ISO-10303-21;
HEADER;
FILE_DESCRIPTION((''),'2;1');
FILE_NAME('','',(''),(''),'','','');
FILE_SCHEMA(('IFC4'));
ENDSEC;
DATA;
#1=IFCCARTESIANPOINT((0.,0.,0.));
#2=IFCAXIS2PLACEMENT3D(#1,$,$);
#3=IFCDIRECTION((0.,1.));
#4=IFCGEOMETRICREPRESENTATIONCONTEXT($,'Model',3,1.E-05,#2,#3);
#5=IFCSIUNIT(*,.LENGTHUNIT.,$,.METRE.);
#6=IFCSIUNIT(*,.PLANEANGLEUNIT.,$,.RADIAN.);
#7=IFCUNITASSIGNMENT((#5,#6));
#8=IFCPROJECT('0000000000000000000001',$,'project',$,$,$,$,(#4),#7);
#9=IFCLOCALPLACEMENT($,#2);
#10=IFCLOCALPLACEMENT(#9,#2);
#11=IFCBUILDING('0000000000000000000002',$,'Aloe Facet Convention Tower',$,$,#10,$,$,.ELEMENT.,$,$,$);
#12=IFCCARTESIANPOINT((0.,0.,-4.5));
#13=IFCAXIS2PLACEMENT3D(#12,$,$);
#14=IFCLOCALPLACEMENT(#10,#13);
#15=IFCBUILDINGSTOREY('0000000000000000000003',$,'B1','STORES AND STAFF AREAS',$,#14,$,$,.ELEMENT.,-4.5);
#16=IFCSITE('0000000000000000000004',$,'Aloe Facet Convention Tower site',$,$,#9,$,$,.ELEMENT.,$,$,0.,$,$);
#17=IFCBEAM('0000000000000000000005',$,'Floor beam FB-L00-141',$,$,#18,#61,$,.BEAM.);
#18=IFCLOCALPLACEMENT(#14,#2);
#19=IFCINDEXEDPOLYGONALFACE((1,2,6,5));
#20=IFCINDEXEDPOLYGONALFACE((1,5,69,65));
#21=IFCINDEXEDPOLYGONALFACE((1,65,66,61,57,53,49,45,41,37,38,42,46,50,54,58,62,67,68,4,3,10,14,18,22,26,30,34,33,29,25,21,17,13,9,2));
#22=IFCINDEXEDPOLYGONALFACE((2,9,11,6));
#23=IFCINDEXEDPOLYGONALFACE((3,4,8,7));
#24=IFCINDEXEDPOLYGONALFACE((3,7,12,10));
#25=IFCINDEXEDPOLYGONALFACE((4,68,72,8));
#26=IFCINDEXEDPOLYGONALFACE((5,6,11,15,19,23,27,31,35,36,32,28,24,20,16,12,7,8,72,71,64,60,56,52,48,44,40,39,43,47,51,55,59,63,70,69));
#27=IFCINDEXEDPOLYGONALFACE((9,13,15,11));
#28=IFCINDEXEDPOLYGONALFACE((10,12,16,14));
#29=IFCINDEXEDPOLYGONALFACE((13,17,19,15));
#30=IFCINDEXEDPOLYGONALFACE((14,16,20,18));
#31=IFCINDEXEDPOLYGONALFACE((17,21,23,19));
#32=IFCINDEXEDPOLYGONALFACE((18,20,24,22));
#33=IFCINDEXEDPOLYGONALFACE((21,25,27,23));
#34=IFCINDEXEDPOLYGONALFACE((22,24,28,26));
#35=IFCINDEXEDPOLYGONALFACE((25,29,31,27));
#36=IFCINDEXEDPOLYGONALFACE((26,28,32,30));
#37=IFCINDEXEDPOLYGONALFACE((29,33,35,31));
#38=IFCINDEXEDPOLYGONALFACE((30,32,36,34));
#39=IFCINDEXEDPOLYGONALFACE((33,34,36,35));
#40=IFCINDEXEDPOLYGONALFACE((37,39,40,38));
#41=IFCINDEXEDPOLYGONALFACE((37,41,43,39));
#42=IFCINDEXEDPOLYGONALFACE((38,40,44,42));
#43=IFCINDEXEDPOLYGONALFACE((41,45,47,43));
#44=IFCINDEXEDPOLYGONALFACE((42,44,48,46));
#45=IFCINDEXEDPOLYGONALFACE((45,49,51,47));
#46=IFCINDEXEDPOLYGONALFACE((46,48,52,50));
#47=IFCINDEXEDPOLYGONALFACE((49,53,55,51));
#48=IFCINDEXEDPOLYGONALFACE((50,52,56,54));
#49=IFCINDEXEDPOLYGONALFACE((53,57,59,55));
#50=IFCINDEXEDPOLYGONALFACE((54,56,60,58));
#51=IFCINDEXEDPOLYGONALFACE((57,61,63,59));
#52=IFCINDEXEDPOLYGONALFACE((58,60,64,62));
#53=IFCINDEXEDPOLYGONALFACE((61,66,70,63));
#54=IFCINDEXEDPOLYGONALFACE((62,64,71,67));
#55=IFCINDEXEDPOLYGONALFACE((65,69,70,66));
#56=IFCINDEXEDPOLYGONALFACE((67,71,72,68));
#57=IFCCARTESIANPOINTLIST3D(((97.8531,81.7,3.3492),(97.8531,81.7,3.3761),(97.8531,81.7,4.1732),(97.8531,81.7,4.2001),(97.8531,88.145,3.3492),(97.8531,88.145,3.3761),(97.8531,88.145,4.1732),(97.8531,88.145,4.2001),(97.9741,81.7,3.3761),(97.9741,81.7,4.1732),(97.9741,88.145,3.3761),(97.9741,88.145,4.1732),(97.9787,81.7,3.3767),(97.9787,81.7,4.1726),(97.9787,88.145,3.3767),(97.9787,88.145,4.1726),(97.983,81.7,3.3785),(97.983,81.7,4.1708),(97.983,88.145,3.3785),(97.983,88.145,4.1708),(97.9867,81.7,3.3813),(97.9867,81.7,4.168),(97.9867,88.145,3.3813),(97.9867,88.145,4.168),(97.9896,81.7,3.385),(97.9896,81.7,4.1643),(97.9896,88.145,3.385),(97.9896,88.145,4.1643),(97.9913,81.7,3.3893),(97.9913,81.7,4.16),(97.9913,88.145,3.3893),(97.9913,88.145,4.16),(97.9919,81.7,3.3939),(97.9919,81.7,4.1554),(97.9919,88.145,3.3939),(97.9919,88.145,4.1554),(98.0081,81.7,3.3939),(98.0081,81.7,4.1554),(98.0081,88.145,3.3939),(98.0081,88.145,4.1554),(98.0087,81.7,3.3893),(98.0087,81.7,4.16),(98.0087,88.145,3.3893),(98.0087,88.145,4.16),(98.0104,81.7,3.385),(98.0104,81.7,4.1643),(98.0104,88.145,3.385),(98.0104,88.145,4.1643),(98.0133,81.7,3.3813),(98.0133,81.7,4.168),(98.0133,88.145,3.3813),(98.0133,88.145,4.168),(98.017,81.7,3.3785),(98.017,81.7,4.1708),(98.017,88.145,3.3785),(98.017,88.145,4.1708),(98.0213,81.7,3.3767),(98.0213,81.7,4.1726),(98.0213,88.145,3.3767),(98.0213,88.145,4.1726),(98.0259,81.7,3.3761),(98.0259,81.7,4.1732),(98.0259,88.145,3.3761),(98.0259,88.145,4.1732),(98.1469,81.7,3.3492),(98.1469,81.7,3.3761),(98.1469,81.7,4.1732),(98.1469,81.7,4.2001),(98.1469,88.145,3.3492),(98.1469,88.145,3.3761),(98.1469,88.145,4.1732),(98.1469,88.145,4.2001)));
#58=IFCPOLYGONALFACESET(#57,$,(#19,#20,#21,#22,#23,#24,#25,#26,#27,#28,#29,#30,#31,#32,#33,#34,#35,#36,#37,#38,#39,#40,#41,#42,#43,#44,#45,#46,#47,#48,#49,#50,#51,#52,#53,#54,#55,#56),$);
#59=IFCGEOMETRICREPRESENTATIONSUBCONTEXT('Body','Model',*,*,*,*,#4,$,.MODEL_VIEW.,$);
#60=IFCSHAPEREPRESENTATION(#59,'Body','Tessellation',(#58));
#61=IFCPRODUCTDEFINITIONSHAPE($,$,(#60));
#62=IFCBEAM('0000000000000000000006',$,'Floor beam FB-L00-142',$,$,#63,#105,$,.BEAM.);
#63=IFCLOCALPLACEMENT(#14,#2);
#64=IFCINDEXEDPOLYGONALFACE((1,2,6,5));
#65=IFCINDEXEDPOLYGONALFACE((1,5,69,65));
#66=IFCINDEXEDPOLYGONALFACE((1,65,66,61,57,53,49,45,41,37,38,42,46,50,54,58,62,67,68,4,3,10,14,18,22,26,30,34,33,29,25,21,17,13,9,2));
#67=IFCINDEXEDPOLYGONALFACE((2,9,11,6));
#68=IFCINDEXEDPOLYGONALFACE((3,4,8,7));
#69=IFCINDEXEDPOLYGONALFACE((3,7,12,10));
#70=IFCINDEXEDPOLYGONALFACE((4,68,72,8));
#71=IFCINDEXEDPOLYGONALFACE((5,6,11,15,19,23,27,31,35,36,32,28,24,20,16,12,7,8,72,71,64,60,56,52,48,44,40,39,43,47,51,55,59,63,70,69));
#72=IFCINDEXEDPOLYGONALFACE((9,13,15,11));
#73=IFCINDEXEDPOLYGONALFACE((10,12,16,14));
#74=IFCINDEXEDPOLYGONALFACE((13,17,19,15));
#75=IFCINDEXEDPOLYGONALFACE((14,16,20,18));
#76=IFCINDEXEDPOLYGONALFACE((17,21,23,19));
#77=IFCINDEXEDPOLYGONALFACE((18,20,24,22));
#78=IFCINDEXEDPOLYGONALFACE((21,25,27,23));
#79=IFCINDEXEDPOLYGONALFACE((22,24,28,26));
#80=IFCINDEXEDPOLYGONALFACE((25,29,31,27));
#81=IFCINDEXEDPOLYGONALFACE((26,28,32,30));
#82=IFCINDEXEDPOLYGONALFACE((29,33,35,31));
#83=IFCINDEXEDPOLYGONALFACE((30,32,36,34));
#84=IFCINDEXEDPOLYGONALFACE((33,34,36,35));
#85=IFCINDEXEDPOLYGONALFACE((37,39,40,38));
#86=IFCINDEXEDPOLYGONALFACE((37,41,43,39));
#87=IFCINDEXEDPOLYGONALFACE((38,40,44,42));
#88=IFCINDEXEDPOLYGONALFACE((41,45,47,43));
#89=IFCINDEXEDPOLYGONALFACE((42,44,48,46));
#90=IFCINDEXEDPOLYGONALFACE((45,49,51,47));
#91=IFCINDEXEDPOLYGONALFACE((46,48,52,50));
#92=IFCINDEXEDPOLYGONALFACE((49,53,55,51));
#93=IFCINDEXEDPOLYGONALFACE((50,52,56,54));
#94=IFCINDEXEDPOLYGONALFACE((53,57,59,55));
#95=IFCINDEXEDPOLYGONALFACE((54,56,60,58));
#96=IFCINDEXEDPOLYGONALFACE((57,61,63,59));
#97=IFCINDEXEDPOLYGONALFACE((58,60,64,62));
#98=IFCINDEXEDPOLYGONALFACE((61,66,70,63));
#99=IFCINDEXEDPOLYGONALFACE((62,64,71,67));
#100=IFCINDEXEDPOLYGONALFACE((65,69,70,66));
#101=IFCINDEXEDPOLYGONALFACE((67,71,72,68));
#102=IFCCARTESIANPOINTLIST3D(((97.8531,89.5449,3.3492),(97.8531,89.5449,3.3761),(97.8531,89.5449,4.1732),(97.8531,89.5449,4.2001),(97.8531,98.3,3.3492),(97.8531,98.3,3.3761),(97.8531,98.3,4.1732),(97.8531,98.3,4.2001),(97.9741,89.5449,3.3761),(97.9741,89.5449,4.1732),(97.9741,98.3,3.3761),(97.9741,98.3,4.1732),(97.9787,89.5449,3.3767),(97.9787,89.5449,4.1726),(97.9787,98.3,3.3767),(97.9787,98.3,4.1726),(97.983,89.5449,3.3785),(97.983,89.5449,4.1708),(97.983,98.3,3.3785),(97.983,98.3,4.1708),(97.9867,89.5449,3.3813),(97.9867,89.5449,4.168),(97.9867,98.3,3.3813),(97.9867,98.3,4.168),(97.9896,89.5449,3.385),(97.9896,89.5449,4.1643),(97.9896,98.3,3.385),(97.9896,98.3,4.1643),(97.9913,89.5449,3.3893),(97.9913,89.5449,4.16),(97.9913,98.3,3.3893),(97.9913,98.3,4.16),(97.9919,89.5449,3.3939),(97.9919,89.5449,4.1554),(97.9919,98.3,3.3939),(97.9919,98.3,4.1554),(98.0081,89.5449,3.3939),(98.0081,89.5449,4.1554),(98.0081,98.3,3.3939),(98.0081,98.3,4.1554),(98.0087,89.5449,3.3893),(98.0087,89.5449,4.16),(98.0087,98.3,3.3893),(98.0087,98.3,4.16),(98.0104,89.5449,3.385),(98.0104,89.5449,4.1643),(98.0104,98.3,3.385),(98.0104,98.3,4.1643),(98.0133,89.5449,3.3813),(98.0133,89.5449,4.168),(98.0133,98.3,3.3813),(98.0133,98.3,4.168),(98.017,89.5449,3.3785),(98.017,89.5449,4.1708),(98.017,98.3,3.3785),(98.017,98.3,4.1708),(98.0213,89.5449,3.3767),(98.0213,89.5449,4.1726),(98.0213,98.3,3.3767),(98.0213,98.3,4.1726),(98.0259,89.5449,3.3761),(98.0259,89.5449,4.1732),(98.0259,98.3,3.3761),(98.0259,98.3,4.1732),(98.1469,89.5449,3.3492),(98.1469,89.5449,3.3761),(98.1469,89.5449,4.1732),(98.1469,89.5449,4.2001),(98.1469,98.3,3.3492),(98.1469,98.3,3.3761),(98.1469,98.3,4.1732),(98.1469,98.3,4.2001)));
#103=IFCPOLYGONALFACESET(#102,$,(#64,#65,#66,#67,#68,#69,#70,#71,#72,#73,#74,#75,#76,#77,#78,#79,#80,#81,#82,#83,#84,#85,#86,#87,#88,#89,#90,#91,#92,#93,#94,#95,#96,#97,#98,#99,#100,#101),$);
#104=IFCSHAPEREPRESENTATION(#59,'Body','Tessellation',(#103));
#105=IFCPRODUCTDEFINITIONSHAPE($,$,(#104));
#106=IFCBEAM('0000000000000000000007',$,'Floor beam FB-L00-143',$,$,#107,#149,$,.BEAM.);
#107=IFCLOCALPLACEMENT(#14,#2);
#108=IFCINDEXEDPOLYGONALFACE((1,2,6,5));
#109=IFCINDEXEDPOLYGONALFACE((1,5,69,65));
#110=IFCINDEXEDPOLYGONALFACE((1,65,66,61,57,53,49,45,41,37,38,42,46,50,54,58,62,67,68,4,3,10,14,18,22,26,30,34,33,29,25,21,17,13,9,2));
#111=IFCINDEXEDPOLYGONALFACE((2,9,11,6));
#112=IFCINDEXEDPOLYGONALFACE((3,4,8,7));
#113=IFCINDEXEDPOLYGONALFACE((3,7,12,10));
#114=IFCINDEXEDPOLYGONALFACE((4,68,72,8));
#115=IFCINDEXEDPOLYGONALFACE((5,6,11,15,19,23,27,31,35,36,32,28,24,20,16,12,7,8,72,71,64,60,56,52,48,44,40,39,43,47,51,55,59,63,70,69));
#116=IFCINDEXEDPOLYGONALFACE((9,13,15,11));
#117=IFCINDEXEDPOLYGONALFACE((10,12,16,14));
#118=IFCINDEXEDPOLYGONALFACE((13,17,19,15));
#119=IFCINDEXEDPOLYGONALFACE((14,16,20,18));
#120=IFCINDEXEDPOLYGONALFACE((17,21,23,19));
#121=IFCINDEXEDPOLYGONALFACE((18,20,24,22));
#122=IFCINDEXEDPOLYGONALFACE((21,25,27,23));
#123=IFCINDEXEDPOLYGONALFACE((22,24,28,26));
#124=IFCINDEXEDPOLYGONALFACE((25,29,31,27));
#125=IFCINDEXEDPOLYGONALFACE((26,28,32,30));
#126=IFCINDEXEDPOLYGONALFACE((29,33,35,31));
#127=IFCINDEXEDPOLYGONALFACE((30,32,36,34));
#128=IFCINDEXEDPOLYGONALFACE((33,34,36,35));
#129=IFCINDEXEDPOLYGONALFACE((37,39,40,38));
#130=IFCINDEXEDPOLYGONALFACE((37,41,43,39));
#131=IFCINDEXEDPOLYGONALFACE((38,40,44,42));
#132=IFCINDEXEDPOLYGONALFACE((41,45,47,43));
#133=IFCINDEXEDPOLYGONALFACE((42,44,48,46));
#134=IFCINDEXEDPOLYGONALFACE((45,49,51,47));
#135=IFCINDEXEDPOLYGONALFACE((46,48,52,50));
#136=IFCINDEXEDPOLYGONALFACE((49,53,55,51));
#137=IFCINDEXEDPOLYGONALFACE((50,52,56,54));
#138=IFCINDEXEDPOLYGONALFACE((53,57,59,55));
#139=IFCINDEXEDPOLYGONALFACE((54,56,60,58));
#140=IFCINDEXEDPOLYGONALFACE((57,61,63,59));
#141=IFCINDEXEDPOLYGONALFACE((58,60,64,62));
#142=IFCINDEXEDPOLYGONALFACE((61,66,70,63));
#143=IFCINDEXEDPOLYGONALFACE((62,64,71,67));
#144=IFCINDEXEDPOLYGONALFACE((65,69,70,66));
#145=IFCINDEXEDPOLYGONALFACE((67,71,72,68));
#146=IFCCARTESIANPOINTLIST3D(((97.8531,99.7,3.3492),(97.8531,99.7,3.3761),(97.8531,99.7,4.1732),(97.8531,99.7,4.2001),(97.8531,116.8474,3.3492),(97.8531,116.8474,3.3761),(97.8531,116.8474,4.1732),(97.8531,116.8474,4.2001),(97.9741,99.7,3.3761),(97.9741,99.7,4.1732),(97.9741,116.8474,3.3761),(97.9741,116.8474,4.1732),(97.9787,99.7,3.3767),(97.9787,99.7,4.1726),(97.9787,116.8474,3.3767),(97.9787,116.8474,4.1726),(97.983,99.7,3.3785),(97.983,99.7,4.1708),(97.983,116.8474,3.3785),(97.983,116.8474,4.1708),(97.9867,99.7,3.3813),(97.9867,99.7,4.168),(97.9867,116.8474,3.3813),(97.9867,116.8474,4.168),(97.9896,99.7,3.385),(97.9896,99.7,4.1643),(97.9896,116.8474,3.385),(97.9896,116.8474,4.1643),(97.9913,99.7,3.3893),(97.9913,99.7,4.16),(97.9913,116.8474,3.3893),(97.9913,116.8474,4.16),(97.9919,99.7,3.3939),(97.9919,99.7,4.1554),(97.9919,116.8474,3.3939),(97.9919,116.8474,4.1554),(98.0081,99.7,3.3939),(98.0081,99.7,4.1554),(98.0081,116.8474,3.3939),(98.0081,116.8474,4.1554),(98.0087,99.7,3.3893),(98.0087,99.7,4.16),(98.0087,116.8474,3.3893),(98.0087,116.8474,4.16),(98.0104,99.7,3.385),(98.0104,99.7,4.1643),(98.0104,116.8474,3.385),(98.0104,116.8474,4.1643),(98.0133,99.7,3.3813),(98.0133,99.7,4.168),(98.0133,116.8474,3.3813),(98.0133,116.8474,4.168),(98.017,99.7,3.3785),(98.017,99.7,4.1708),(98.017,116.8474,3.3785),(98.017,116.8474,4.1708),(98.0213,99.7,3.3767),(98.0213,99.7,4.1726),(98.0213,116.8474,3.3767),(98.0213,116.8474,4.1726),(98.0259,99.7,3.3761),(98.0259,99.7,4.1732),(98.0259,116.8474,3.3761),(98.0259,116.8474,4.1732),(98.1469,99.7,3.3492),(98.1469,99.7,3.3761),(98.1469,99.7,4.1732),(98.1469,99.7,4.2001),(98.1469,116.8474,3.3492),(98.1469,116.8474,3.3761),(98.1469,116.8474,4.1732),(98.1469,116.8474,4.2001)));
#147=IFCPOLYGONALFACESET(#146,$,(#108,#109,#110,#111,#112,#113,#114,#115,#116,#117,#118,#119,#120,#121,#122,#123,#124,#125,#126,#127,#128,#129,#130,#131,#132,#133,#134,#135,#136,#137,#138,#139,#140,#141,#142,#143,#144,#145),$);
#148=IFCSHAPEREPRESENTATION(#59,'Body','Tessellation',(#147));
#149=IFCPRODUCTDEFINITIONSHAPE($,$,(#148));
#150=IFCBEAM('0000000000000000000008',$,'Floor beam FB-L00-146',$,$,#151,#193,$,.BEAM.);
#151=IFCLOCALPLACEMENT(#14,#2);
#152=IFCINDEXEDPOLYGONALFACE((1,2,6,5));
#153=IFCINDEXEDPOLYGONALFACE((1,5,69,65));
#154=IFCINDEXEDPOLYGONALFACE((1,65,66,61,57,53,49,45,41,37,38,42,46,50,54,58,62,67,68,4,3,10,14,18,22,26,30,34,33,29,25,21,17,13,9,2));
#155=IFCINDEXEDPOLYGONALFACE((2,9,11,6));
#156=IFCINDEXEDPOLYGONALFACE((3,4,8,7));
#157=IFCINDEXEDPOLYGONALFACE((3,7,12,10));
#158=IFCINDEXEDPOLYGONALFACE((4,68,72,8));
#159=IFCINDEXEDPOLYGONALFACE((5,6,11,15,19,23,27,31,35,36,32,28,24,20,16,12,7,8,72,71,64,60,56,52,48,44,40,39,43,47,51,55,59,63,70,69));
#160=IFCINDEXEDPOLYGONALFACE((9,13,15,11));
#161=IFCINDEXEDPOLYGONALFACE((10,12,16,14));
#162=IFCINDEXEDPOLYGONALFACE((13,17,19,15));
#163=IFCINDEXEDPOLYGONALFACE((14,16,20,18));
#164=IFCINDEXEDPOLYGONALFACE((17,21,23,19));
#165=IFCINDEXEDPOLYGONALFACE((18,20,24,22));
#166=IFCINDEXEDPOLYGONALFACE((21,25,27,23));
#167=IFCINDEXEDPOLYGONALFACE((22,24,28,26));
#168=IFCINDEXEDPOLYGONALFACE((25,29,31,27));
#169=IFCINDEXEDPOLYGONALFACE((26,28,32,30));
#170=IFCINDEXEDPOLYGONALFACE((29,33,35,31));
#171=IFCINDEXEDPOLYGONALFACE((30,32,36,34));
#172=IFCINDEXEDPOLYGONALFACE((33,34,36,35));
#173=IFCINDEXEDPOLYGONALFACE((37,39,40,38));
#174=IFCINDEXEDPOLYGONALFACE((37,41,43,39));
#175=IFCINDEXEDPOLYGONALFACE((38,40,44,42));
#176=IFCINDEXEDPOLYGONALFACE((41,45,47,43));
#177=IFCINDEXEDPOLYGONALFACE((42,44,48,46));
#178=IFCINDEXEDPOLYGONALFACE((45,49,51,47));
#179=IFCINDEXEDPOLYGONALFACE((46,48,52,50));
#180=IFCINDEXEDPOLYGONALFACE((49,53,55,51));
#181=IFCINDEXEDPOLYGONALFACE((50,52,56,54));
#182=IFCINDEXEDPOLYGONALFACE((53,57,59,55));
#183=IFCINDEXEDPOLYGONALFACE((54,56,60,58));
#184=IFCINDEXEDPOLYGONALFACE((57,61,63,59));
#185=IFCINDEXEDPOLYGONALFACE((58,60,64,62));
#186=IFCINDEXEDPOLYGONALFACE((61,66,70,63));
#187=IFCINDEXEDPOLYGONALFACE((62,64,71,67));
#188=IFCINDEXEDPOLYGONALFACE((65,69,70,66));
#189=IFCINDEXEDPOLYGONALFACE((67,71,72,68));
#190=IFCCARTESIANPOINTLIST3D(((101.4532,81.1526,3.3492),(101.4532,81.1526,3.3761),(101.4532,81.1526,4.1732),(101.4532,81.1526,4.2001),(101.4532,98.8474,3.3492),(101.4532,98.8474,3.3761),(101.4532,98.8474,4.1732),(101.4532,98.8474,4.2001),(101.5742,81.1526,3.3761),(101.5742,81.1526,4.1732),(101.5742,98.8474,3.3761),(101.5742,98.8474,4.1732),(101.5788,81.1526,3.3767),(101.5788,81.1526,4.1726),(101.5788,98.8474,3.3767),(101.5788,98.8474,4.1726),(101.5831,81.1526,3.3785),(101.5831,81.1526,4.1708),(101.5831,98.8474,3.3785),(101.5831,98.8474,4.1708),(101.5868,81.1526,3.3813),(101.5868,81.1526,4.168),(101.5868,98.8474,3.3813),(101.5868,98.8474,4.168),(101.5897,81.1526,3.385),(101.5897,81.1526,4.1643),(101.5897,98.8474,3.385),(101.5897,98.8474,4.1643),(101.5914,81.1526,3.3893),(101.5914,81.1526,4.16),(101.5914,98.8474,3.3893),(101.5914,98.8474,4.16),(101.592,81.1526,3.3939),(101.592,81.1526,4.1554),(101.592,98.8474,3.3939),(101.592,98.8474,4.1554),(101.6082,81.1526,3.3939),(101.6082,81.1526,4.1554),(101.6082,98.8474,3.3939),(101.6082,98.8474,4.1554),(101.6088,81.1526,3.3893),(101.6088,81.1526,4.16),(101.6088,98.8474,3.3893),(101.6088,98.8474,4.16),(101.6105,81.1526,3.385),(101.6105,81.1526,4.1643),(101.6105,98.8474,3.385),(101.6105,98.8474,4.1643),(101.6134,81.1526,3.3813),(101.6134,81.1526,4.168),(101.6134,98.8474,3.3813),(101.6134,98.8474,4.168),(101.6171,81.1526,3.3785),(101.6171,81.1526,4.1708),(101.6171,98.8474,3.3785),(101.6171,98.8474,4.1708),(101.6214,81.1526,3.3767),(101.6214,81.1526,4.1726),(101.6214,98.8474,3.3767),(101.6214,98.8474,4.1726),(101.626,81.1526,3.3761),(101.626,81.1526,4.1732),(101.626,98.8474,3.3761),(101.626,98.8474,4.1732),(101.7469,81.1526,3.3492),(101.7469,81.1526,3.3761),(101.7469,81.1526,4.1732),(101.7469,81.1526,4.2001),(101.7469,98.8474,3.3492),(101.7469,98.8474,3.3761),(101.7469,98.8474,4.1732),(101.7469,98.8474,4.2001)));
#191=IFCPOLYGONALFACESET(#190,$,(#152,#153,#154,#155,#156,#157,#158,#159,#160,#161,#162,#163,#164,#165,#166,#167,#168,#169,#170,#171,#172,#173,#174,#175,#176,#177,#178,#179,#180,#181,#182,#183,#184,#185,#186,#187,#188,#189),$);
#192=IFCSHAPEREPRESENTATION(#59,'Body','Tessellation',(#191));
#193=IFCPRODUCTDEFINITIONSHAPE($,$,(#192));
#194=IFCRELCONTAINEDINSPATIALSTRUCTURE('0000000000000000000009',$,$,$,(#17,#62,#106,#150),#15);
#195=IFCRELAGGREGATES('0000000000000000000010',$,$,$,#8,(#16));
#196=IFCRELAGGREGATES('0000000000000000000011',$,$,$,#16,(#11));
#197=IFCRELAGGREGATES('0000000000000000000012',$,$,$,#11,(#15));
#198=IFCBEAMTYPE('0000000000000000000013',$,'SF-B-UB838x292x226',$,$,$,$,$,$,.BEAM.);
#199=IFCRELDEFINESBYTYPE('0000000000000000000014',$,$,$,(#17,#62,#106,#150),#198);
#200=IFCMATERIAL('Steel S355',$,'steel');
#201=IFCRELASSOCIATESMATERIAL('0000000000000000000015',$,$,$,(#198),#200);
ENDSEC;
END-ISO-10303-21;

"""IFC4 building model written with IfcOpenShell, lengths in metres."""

from ifc_helpers import new_model, si_unit, direction, frame, origin, origin_2d, place, context, subcontext, project, spatial, i_section, extrude, material, material_profile, profile_set, type_object, element, save


model = new_model("IFC4")

# Units and contexts
model_context = context("Model", 3, precision=1e-05, world=origin(), true_north=direction((0.0, 1.0)))
body_context = subcontext(model_context, "Body", "Model", "MODEL_VIEW")
ifc_project = project(units=[si_unit("LENGTHUNIT", "METRE"), si_unit("PLANEANGLEUNIT", "RADIAN")], contexts=[model_context])

# Site, building, storey
site_placement = place(None, origin())
site = spatial("IfcSite", under=ifc_project, at=site_placement, Name="Aloe Facet Convention Tower site", CompositionType="ELEMENT", RefElevation=0.0)
building_placement = place(site_placement, origin())
building = spatial("IfcBuilding", under=site, at=building_placement, Name="Aloe Facet Convention Tower", CompositionType="ELEMENT")
storey_placement = place(building_placement, frame((0.0, 0.0, -4.5)))
storey = spatial("IfcBuildingStorey", under=building, at=storey_placement, Name="B1", Description="STORES AND STAFF AREAS", CompositionType="ELEMENT", Elevation=-4.5)

# Beams
ifc_material_1 = material(Name="Steel S355", Category="steel")
ifc_material_profile_1 = material_profile(ifc_material_1, i_section(OverallWidth=0.2937, OverallDepth=0.8508, WebThickness=0.0161, FlangeThickness=0.0269, FilletRadius=0.0178, at=origin_2d()), Name="UB 838x292x226")
ifc_profile_set_1 = profile_set([ifc_material_profile_1], Name="Steel S355")
beam_type_1 = type_object("IfcBeamType", Name="SF-B-UB838x292x226", PredefinedType="BEAM", material=ifc_profile_set_1)
beam_1_placement = place(storey_placement, frame((98.0, 81.7, 3.7747), z_axis=(0.0, 1.0, 0.0), x_axis=(-1.0, 0.0, 0.0)))
element("IfcBeam", 1, at=beam_1_placement, inside=storey, type_object=beam_type_1, Name="Floor beam FB-L00-141", PredefinedType="BEAM", context=body_context, shape_type="SweptSolid", body=[
    extrude(i_section(OverallWidth=0.2937, OverallDepth=0.8508, WebThickness=0.0161, FlangeThickness=0.0269, FilletRadius=0.0178, at=origin_2d()), origin(), (0.0, 0.0, 1.0), 6.4451),
])
beam_2_placement = place(storey_placement, frame((98.0, 89.5449, 3.7747), z_axis=(0.0, 1.0, 0.0), x_axis=(-1.0, 0.0, 0.0)))
element("IfcBeam", 2, at=beam_2_placement, inside=storey, type_object=beam_type_1, Name="Floor beam FB-L00-142", PredefinedType="BEAM", context=body_context, shape_type="SweptSolid", body=[
    extrude(i_section(OverallWidth=0.2937, OverallDepth=0.8508, WebThickness=0.0161, FlangeThickness=0.0269, FilletRadius=0.0178, at=origin_2d()), origin(), (0.0, 0.0, 1.0), 8.7551),
])
beam_3_placement = place(storey_placement, frame((98.0, 99.7, 3.7747), z_axis=(0.0, 1.0, 0.0), x_axis=(-1.0, 0.0, 0.0)))
element("IfcBeam", 3, at=beam_3_placement, inside=storey, type_object=beam_type_1, Name="Floor beam FB-L00-143", PredefinedType="BEAM", context=body_context, shape_type="SweptSolid", body=[
    extrude(i_section(OverallWidth=0.2937, OverallDepth=0.8508, WebThickness=0.0161, FlangeThickness=0.0269, FilletRadius=0.0178, at=origin_2d()), origin(), (0.0, 0.0, 1.0), 17.1475),
])
for number, where, z_axis, x_axis, name in (
    (4, (101.6001, 81.1526, 3.7747), (0.0, 1.0, 0.0), (-1.0, 0.0, 0.0), "Floor beam FB-L00-146"),
):
    element("IfcBeam", number, at=place(storey_placement, frame(where, z_axis=z_axis, x_axis=x_axis)), inside=storey, type_object=beam_type_1, Name=name, PredefinedType="BEAM", context=body_context, shape_type="SweptSolid", body=[
        extrude(i_section(OverallWidth=0.2937, OverallDepth=0.8508, WebThickness=0.0161, FlangeThickness=0.0269, FilletRadius=0.0178, at=origin_2d()), origin(), (0.0, 0.0, 1.0), 17.6948),
    ])

save(model, "model.ifc")
